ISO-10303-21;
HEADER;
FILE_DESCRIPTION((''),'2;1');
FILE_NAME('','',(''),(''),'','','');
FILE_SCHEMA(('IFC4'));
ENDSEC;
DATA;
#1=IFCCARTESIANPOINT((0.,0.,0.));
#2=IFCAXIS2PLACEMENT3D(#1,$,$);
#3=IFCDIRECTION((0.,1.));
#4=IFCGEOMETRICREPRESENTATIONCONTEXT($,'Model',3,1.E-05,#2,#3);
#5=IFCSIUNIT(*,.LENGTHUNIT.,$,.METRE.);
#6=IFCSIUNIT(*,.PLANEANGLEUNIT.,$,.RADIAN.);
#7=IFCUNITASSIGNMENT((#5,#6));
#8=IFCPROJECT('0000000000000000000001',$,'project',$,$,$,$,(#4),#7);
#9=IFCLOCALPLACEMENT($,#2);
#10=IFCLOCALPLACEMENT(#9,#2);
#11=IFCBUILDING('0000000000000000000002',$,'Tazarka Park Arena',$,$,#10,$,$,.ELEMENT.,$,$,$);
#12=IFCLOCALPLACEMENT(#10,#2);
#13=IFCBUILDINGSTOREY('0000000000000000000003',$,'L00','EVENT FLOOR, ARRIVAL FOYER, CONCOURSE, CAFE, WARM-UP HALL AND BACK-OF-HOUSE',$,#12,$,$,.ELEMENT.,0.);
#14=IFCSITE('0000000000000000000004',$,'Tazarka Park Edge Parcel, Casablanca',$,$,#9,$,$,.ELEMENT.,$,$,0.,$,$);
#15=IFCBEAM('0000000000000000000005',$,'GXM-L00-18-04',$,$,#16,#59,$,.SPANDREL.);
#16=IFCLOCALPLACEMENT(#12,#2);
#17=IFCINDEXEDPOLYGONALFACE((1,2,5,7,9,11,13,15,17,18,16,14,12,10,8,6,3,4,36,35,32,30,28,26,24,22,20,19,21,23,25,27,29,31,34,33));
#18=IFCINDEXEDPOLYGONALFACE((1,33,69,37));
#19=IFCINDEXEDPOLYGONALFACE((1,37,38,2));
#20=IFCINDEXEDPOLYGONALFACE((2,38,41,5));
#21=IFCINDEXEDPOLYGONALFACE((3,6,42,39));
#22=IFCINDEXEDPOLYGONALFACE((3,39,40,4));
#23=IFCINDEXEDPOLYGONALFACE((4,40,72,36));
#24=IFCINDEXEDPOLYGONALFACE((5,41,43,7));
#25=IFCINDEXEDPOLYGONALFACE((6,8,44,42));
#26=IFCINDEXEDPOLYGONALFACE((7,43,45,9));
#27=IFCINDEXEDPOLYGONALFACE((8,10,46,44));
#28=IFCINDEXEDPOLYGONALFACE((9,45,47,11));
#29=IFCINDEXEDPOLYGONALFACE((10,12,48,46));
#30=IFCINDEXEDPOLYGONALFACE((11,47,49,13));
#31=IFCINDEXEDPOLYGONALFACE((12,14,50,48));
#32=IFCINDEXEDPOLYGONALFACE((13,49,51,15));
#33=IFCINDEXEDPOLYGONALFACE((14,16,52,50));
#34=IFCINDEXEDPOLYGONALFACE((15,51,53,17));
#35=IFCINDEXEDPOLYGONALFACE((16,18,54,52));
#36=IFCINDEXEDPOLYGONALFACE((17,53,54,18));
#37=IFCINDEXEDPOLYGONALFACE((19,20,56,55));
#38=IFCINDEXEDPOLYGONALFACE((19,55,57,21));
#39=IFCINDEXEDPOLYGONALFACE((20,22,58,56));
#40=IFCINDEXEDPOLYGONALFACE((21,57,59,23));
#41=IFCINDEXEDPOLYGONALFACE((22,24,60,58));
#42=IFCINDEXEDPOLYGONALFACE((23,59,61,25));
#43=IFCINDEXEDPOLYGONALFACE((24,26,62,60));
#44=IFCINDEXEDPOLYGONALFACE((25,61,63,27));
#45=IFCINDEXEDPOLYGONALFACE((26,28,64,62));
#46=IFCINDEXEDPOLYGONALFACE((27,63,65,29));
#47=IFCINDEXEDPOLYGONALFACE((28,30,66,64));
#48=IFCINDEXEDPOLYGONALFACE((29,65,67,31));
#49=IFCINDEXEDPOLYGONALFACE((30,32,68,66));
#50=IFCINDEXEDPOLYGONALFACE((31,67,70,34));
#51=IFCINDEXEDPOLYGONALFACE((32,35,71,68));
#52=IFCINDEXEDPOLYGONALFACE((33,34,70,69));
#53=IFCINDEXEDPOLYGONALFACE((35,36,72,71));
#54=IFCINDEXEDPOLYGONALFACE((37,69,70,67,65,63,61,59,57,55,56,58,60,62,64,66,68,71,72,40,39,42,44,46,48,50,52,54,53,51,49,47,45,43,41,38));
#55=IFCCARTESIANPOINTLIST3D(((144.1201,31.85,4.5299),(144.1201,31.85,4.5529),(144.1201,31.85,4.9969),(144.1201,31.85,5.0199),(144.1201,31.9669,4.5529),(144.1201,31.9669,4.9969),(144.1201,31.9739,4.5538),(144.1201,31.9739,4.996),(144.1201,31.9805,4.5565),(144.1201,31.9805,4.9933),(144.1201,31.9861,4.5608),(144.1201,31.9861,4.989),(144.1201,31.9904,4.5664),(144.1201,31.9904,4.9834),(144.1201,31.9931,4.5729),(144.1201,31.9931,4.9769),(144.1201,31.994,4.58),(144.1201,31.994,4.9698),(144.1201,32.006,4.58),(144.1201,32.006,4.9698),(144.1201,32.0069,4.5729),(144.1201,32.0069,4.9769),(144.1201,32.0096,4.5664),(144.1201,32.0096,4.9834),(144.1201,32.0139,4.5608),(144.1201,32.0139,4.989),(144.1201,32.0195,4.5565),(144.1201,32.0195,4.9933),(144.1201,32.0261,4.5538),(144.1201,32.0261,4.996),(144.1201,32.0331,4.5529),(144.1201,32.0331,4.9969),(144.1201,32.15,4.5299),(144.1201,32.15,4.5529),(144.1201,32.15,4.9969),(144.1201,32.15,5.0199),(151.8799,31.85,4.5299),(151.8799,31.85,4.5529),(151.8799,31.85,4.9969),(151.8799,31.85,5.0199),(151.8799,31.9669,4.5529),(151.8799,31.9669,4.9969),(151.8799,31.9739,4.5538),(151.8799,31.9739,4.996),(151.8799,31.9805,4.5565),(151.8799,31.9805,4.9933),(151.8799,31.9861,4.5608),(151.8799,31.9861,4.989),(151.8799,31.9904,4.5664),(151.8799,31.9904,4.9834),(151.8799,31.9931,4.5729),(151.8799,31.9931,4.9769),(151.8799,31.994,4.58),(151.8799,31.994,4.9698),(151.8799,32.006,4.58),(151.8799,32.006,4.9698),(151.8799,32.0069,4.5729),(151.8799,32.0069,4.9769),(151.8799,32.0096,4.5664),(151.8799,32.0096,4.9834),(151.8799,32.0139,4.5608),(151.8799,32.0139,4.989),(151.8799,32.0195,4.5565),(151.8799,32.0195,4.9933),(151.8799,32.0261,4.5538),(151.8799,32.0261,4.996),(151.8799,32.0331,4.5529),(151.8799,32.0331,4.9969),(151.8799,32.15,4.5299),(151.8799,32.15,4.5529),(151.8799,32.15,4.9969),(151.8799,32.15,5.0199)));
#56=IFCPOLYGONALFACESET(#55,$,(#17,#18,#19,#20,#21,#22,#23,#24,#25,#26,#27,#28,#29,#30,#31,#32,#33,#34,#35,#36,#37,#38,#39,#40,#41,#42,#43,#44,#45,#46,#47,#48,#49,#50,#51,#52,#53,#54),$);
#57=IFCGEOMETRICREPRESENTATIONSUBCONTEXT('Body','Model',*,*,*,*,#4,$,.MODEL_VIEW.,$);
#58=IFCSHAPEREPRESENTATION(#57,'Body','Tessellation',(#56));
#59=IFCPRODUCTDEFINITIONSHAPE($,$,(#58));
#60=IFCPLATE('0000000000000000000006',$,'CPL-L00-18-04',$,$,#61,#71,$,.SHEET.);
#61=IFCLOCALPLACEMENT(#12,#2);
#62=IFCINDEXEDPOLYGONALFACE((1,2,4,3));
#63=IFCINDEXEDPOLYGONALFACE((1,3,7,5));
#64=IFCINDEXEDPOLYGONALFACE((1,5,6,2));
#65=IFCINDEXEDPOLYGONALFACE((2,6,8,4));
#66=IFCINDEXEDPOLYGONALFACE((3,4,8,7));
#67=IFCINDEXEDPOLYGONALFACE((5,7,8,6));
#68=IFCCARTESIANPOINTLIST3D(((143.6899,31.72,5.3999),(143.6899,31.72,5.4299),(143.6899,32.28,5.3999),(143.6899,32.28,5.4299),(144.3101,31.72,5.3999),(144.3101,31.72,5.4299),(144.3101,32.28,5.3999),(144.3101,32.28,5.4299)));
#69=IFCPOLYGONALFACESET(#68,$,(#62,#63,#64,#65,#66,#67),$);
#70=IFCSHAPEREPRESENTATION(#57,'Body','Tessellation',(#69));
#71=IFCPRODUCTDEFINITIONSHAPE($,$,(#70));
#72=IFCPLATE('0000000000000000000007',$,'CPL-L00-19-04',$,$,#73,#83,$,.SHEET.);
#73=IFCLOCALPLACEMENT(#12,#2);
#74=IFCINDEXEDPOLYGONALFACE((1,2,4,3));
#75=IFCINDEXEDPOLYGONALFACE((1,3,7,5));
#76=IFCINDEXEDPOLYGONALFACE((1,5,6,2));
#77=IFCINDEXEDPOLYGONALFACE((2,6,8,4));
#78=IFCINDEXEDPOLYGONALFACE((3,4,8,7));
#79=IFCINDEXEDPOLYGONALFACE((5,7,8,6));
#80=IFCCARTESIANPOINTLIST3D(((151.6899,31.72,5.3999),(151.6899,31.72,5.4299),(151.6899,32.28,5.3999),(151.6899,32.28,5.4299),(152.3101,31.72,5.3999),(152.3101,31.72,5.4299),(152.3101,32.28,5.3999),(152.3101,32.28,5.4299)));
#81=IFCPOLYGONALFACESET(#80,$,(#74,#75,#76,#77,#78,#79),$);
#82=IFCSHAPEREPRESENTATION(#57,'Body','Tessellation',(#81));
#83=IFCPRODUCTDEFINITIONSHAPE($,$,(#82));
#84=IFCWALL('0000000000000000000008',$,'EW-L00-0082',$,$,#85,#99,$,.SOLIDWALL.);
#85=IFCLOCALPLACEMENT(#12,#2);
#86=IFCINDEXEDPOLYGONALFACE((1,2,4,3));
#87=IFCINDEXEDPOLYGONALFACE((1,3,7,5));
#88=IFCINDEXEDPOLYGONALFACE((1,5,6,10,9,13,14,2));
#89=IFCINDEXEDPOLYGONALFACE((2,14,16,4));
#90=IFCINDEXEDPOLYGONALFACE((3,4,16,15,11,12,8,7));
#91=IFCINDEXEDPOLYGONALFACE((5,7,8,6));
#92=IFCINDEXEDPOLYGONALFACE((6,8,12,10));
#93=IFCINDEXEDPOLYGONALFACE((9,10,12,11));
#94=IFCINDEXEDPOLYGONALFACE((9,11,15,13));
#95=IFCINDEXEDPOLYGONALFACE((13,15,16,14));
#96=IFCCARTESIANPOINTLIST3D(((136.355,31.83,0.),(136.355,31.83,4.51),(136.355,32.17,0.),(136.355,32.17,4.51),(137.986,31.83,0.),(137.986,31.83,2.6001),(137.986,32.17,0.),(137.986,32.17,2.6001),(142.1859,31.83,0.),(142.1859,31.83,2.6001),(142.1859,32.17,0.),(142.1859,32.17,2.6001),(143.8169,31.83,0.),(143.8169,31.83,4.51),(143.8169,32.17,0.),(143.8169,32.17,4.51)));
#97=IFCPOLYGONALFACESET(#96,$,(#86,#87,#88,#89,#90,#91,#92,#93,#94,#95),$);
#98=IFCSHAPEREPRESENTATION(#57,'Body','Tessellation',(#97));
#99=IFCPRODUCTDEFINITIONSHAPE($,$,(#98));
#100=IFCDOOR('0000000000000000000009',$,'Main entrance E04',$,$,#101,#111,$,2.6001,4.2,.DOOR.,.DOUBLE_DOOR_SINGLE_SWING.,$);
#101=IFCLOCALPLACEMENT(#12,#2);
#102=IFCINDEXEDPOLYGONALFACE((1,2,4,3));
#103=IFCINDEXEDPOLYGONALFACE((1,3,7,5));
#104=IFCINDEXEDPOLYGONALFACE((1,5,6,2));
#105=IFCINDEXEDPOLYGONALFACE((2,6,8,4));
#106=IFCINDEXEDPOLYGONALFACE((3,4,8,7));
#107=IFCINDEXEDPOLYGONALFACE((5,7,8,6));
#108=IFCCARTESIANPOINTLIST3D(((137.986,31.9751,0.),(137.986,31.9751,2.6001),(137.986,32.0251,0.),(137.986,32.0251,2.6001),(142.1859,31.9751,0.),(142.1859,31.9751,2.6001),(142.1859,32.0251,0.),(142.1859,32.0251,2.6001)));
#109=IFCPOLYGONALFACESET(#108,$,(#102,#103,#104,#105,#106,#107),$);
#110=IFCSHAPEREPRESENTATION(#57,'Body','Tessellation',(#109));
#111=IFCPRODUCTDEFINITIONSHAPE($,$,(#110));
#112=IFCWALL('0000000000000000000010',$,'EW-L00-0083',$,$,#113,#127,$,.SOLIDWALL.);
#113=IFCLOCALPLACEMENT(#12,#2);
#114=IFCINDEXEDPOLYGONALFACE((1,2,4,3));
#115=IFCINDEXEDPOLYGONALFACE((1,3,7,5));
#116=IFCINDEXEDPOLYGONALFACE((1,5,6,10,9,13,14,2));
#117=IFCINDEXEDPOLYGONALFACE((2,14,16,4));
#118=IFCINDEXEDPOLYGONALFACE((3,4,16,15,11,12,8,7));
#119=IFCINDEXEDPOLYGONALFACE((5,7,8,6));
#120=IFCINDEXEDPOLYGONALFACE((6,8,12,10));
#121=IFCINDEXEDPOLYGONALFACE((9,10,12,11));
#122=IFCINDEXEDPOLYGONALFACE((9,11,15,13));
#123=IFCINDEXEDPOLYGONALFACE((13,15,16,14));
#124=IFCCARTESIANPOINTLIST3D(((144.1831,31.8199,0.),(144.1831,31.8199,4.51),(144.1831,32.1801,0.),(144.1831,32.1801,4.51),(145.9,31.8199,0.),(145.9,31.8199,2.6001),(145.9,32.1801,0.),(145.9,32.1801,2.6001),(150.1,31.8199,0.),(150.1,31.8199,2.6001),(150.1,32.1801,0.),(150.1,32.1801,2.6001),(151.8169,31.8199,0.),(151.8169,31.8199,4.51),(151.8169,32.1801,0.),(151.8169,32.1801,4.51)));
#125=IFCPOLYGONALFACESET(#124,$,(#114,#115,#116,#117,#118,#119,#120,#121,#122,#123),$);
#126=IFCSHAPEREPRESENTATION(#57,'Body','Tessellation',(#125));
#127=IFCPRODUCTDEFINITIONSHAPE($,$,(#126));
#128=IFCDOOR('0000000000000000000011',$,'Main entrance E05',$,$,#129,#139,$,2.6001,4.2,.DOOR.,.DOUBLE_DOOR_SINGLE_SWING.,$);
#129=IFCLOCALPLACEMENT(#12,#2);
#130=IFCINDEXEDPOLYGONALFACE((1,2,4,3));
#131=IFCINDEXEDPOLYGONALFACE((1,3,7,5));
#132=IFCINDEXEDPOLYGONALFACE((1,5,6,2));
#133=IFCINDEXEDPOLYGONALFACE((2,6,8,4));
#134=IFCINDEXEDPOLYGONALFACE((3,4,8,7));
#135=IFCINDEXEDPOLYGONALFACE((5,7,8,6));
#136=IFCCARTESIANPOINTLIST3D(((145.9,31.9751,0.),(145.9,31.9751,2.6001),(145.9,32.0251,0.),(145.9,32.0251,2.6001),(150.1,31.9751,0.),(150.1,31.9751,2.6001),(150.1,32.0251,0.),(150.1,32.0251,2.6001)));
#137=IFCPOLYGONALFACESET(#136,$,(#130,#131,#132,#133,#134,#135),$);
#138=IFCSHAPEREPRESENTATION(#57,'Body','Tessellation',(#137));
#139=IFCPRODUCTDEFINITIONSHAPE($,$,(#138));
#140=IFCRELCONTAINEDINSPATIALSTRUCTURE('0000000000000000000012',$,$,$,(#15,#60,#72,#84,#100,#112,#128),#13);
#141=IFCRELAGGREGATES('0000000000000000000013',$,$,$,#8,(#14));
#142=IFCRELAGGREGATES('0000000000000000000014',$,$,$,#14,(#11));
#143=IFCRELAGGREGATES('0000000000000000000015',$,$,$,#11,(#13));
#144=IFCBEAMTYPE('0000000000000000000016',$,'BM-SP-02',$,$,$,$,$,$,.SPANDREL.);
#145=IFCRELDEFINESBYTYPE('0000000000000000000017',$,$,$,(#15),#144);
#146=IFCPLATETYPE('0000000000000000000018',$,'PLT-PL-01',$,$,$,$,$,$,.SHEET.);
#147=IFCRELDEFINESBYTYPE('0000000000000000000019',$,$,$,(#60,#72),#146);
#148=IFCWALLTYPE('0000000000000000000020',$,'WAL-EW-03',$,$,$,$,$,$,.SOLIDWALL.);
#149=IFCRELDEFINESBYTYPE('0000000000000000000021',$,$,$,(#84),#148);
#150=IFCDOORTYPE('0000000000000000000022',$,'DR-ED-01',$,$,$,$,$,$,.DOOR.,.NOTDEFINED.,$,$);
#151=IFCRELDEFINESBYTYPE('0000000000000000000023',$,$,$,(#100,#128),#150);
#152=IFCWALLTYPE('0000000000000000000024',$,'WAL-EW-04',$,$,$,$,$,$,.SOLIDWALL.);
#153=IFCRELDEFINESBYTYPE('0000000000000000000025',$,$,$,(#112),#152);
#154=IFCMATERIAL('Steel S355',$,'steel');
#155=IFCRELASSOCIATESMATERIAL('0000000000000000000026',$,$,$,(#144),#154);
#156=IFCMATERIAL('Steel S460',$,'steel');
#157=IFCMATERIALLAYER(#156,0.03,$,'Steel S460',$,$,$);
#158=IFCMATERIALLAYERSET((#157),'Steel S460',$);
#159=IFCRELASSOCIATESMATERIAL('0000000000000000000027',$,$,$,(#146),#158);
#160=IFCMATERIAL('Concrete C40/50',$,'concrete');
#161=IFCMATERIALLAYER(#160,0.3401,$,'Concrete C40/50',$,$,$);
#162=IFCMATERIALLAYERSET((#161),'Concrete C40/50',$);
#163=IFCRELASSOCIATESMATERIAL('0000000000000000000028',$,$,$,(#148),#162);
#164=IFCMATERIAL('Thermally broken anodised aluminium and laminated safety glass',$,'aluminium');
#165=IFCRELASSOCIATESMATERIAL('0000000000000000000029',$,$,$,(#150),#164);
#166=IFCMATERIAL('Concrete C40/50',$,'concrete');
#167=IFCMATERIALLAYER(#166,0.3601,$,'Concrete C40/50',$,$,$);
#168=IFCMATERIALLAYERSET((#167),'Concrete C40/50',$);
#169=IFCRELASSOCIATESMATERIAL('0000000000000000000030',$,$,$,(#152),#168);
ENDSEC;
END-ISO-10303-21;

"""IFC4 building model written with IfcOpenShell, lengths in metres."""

from ifc_helpers import new_model, si_unit, direction, frame, frame_2d, origin, origin_2d, place, context, subcontext, project, spatial, rectangle, i_section, extrude, material, layer, layer_set, material_profile, profile_set, type_object, element, fill, save


model = new_model("IFC4")

# Units and contexts
model_context = context("Model", 3, precision=1e-05, world=origin(), true_north=direction((0.0, 1.0)))
body_context = subcontext(model_context, "Body", "Model", "MODEL_VIEW")
ifc_project = project(units=[si_unit("LENGTHUNIT", "METRE"), si_unit("PLANEANGLEUNIT", "RADIAN")], contexts=[model_context])

# Site, building, storey
site_placement = place(None, origin())
site = spatial("IfcSite", under=ifc_project, at=site_placement, Name="Tazarka Park Edge Parcel, Casablanca", CompositionType="ELEMENT", RefElevation=0.0)
building_placement = place(site_placement, origin())
building = spatial("IfcBuilding", under=site, at=building_placement, Name="Tazarka Park Arena", CompositionType="ELEMENT")
storey_placement = place(building_placement, origin())
storey = spatial("IfcBuildingStorey", under=building, at=storey_placement, Name="L00", Description="EVENT FLOOR, ARRIVAL FOYER, CONCOURSE, CAFE, WARM-UP HALL AND BACK-OF-HOUSE", CompositionType="ELEMENT", Elevation=0.0)

# Beam
ifc_material_1 = material(Name="Steel S355", Category="steel")
ifc_material_profile_1 = material_profile(ifc_material_1, i_section(OverallWidth=0.3, OverallDepth=0.49, WebThickness=0.012, FlangeThickness=0.0229, FilletRadius=0.0271, at=origin_2d()), Name="Steel S355")
ifc_profile_set_1 = profile_set([ifc_material_profile_1], Name="Steel S355")
beam_type_1 = type_object("IfcBeamType", Name="BM-SP-02", PredefinedType="SPANDREL", material=ifc_profile_set_1)
for number, where, z_axis, x_axis, name in (
    (1, (144.1201, 32.0, 4.7749), (1.0, 0.0, 0.0), (0.0, 1.0, 0.0), "GXM-L00-18-04"),
):
    element("IfcBeam", number, at=place(storey_placement, frame(where, z_axis=z_axis, x_axis=x_axis)), inside=storey, type_object=beam_type_1, Name=name, PredefinedType="SPANDREL", context=body_context, shape_type="SweptSolid", body=[
        extrude(i_section(OverallWidth=0.3, OverallDepth=0.49, WebThickness=0.012, FlangeThickness=0.0229, FilletRadius=0.0271, at=origin_2d()), origin(), (0.0, 0.0, 1.0), 7.7598),
    ])

# Plates
ifc_material_2 = material(Name="Steel S460", Category="steel")
ifc_layer_1 = layer(ifc_material_2, 0.03, Name="Steel S460")
ifc_layer_set_1 = layer_set([ifc_layer_1], Name="Steel S460")
plate_type = type_object("IfcPlateType", Name="PLT-PL-01", PredefinedType="SHEET", material=ifc_layer_set_1)
for number, where, z_axis, x_axis, name in (
    (2, (144.0, 32.0, 5.3999), (0.0, 0.0, 1.0), (1.0, 0.0, 0.0), "CPL-L00-18-04"),
    (3, (152.0, 32.0, 5.3999), (0.0, 0.0, 1.0), (1.0, 0.0, 0.0), "CPL-L00-19-04"),
):
    element("IfcPlate", number, at=place(storey_placement, frame(where, z_axis=z_axis, x_axis=x_axis)), inside=storey, type_object=plate_type, Name=name, PredefinedType="SHEET", context=body_context, shape_type="SweptSolid", body=[
        extrude(rectangle(XDim=0.6201, YDim=0.5601, at=origin_2d()), origin(), (0.0, 0.0, 1.0), 0.03),
    ])

# Walls, openings, doors
ifc_material_3 = material(Name="Concrete C40/50", Category="concrete")
ifc_layer_2 = layer(ifc_material_3, 0.3401, Name="Concrete C40/50")
ifc_layer_set_2 = layer_set([ifc_layer_2], Name="Concrete C40/50")
wall_type_1 = type_object("IfcWallType", Name="WAL-EW-03", PredefinedType="SOLIDWALL", material=ifc_layer_set_2)
wall_1_placement = place(storey_placement, frame((143.8169, 32.0, 0.0), z_axis=(0.0, 0.0, 1.0), x_axis=(-1.0, 0.0, 0.0)))
wall_1 = element("IfcWall", 4, at=wall_1_placement, inside=storey, type_object=wall_type_1, Name="EW-L00-0082", PredefinedType="SOLIDWALL", context=body_context, shape_type="SweptSolid", body=[
    extrude(rectangle(XDim=7.4619, YDim=0.3401, at=frame_2d((3.731, 0.0))), origin(), (0.0, 0.0, 1.0), 4.51),
])
opening_1_placement = place(wall_1_placement, frame((1.6309, 0.0, 0.0)))
opening_1 = element("IfcOpeningElement", 5, at=opening_1_placement, cuts=wall_1, PredefinedType="OPENING", context=body_context, shape_type="SweptSolid", body=[
    extrude(rectangle(XDim=4.2, YDim=2.6001, at=frame_2d((2.1001, 1.3))), frame((0.0, 0.1802, 0.0), z_axis=(0.0, -1.0, 0.0), x_axis=(1.0, 0.0, 0.0)), (0.0, 0.0, 1.0), 0.3601),
])
ifc_material_4 = material(Name="Thermally broken anodised aluminium and laminated safety glass", Category="aluminium")
door_type = type_object("IfcDoorType", Name="DR-ED-01", OperationType="NOTDEFINED", PredefinedType="DOOR", material=ifc_material_4)
door_1_placement = place(opening_1_placement, origin())
door_1 = element("IfcDoor", 6, at=door_1_placement, inside=storey, type_object=door_type, Name="Main entrance E04", OperationType="DOUBLE_DOOR_SINGLE_SWING", OverallHeight=2.6001, OverallWidth=4.2, PredefinedType="DOOR", context=body_context, shape_type="SweptSolid", body=[
    extrude(rectangle(XDim=4.2, YDim=2.6001, at=frame_2d((2.1001, 1.3))), frame((0.0, 0.0249, 0.0), z_axis=(0.0, -1.0, 0.0), x_axis=(1.0, 0.0, 0.0)), (0.0, 0.0, 1.0), 0.05),
])
fill(opening_1, door_1)
ifc_material_5 = material(Name="Concrete C40/50", Category="concrete")
ifc_layer_3 = layer(ifc_material_5, 0.3601, Name="Concrete C40/50")
ifc_layer_set_3 = layer_set([ifc_layer_3], Name="Concrete C40/50")
wall_type_2 = type_object("IfcWallType", Name="WAL-EW-04", PredefinedType="SOLIDWALL", material=ifc_layer_set_3)
wall_2_placement = place(storey_placement, frame((151.8169, 32.0, 0.0), z_axis=(0.0, 0.0, 1.0), x_axis=(-1.0, 0.0, 0.0)))
wall_2 = element("IfcWall", 7, at=wall_2_placement, inside=storey, type_object=wall_type_2, Name="EW-L00-0083", PredefinedType="SOLIDWALL", context=body_context, shape_type="SweptSolid", body=[
    extrude(rectangle(XDim=7.6338, YDim=0.3601, at=frame_2d((3.8169, 0.0))), origin(), (0.0, 0.0, 1.0), 4.51),
])
opening_2_placement = place(wall_2_placement, frame((1.7168, 0.0, 0.0)))
opening_2 = element("IfcOpeningElement", 8, at=opening_2_placement, cuts=wall_2, PredefinedType="OPENING", context=body_context, shape_type="SweptSolid", body=[
    extrude(rectangle(XDim=4.2, YDim=2.6001, at=frame_2d((2.1001, 1.3))), frame((0.0, 0.1899, 0.0), z_axis=(0.0, -1.0, 0.0), x_axis=(1.0, 0.0, 0.0)), (0.0, 0.0, 1.0), 0.3801),
])
door_2_placement = place(opening_2_placement, origin())
door_2 = element("IfcDoor", 9, at=door_2_placement, inside=storey, type_object=door_type, Name="Main entrance E05", OperationType="DOUBLE_DOOR_SINGLE_SWING", OverallHeight=2.6001, OverallWidth=4.2, PredefinedType="DOOR", context=body_context, shape_type="SweptSolid", body=[
    extrude(rectangle(XDim=4.2, YDim=2.6001, at=frame_2d((2.1001, 1.3))), frame((0.0, 0.0249, 0.0), z_axis=(0.0, -1.0, 0.0), x_axis=(1.0, 0.0, 0.0)), (0.0, 0.0, 1.0), 0.05),
])
fill(opening_2, door_2)

save(model, "model.ifc")
